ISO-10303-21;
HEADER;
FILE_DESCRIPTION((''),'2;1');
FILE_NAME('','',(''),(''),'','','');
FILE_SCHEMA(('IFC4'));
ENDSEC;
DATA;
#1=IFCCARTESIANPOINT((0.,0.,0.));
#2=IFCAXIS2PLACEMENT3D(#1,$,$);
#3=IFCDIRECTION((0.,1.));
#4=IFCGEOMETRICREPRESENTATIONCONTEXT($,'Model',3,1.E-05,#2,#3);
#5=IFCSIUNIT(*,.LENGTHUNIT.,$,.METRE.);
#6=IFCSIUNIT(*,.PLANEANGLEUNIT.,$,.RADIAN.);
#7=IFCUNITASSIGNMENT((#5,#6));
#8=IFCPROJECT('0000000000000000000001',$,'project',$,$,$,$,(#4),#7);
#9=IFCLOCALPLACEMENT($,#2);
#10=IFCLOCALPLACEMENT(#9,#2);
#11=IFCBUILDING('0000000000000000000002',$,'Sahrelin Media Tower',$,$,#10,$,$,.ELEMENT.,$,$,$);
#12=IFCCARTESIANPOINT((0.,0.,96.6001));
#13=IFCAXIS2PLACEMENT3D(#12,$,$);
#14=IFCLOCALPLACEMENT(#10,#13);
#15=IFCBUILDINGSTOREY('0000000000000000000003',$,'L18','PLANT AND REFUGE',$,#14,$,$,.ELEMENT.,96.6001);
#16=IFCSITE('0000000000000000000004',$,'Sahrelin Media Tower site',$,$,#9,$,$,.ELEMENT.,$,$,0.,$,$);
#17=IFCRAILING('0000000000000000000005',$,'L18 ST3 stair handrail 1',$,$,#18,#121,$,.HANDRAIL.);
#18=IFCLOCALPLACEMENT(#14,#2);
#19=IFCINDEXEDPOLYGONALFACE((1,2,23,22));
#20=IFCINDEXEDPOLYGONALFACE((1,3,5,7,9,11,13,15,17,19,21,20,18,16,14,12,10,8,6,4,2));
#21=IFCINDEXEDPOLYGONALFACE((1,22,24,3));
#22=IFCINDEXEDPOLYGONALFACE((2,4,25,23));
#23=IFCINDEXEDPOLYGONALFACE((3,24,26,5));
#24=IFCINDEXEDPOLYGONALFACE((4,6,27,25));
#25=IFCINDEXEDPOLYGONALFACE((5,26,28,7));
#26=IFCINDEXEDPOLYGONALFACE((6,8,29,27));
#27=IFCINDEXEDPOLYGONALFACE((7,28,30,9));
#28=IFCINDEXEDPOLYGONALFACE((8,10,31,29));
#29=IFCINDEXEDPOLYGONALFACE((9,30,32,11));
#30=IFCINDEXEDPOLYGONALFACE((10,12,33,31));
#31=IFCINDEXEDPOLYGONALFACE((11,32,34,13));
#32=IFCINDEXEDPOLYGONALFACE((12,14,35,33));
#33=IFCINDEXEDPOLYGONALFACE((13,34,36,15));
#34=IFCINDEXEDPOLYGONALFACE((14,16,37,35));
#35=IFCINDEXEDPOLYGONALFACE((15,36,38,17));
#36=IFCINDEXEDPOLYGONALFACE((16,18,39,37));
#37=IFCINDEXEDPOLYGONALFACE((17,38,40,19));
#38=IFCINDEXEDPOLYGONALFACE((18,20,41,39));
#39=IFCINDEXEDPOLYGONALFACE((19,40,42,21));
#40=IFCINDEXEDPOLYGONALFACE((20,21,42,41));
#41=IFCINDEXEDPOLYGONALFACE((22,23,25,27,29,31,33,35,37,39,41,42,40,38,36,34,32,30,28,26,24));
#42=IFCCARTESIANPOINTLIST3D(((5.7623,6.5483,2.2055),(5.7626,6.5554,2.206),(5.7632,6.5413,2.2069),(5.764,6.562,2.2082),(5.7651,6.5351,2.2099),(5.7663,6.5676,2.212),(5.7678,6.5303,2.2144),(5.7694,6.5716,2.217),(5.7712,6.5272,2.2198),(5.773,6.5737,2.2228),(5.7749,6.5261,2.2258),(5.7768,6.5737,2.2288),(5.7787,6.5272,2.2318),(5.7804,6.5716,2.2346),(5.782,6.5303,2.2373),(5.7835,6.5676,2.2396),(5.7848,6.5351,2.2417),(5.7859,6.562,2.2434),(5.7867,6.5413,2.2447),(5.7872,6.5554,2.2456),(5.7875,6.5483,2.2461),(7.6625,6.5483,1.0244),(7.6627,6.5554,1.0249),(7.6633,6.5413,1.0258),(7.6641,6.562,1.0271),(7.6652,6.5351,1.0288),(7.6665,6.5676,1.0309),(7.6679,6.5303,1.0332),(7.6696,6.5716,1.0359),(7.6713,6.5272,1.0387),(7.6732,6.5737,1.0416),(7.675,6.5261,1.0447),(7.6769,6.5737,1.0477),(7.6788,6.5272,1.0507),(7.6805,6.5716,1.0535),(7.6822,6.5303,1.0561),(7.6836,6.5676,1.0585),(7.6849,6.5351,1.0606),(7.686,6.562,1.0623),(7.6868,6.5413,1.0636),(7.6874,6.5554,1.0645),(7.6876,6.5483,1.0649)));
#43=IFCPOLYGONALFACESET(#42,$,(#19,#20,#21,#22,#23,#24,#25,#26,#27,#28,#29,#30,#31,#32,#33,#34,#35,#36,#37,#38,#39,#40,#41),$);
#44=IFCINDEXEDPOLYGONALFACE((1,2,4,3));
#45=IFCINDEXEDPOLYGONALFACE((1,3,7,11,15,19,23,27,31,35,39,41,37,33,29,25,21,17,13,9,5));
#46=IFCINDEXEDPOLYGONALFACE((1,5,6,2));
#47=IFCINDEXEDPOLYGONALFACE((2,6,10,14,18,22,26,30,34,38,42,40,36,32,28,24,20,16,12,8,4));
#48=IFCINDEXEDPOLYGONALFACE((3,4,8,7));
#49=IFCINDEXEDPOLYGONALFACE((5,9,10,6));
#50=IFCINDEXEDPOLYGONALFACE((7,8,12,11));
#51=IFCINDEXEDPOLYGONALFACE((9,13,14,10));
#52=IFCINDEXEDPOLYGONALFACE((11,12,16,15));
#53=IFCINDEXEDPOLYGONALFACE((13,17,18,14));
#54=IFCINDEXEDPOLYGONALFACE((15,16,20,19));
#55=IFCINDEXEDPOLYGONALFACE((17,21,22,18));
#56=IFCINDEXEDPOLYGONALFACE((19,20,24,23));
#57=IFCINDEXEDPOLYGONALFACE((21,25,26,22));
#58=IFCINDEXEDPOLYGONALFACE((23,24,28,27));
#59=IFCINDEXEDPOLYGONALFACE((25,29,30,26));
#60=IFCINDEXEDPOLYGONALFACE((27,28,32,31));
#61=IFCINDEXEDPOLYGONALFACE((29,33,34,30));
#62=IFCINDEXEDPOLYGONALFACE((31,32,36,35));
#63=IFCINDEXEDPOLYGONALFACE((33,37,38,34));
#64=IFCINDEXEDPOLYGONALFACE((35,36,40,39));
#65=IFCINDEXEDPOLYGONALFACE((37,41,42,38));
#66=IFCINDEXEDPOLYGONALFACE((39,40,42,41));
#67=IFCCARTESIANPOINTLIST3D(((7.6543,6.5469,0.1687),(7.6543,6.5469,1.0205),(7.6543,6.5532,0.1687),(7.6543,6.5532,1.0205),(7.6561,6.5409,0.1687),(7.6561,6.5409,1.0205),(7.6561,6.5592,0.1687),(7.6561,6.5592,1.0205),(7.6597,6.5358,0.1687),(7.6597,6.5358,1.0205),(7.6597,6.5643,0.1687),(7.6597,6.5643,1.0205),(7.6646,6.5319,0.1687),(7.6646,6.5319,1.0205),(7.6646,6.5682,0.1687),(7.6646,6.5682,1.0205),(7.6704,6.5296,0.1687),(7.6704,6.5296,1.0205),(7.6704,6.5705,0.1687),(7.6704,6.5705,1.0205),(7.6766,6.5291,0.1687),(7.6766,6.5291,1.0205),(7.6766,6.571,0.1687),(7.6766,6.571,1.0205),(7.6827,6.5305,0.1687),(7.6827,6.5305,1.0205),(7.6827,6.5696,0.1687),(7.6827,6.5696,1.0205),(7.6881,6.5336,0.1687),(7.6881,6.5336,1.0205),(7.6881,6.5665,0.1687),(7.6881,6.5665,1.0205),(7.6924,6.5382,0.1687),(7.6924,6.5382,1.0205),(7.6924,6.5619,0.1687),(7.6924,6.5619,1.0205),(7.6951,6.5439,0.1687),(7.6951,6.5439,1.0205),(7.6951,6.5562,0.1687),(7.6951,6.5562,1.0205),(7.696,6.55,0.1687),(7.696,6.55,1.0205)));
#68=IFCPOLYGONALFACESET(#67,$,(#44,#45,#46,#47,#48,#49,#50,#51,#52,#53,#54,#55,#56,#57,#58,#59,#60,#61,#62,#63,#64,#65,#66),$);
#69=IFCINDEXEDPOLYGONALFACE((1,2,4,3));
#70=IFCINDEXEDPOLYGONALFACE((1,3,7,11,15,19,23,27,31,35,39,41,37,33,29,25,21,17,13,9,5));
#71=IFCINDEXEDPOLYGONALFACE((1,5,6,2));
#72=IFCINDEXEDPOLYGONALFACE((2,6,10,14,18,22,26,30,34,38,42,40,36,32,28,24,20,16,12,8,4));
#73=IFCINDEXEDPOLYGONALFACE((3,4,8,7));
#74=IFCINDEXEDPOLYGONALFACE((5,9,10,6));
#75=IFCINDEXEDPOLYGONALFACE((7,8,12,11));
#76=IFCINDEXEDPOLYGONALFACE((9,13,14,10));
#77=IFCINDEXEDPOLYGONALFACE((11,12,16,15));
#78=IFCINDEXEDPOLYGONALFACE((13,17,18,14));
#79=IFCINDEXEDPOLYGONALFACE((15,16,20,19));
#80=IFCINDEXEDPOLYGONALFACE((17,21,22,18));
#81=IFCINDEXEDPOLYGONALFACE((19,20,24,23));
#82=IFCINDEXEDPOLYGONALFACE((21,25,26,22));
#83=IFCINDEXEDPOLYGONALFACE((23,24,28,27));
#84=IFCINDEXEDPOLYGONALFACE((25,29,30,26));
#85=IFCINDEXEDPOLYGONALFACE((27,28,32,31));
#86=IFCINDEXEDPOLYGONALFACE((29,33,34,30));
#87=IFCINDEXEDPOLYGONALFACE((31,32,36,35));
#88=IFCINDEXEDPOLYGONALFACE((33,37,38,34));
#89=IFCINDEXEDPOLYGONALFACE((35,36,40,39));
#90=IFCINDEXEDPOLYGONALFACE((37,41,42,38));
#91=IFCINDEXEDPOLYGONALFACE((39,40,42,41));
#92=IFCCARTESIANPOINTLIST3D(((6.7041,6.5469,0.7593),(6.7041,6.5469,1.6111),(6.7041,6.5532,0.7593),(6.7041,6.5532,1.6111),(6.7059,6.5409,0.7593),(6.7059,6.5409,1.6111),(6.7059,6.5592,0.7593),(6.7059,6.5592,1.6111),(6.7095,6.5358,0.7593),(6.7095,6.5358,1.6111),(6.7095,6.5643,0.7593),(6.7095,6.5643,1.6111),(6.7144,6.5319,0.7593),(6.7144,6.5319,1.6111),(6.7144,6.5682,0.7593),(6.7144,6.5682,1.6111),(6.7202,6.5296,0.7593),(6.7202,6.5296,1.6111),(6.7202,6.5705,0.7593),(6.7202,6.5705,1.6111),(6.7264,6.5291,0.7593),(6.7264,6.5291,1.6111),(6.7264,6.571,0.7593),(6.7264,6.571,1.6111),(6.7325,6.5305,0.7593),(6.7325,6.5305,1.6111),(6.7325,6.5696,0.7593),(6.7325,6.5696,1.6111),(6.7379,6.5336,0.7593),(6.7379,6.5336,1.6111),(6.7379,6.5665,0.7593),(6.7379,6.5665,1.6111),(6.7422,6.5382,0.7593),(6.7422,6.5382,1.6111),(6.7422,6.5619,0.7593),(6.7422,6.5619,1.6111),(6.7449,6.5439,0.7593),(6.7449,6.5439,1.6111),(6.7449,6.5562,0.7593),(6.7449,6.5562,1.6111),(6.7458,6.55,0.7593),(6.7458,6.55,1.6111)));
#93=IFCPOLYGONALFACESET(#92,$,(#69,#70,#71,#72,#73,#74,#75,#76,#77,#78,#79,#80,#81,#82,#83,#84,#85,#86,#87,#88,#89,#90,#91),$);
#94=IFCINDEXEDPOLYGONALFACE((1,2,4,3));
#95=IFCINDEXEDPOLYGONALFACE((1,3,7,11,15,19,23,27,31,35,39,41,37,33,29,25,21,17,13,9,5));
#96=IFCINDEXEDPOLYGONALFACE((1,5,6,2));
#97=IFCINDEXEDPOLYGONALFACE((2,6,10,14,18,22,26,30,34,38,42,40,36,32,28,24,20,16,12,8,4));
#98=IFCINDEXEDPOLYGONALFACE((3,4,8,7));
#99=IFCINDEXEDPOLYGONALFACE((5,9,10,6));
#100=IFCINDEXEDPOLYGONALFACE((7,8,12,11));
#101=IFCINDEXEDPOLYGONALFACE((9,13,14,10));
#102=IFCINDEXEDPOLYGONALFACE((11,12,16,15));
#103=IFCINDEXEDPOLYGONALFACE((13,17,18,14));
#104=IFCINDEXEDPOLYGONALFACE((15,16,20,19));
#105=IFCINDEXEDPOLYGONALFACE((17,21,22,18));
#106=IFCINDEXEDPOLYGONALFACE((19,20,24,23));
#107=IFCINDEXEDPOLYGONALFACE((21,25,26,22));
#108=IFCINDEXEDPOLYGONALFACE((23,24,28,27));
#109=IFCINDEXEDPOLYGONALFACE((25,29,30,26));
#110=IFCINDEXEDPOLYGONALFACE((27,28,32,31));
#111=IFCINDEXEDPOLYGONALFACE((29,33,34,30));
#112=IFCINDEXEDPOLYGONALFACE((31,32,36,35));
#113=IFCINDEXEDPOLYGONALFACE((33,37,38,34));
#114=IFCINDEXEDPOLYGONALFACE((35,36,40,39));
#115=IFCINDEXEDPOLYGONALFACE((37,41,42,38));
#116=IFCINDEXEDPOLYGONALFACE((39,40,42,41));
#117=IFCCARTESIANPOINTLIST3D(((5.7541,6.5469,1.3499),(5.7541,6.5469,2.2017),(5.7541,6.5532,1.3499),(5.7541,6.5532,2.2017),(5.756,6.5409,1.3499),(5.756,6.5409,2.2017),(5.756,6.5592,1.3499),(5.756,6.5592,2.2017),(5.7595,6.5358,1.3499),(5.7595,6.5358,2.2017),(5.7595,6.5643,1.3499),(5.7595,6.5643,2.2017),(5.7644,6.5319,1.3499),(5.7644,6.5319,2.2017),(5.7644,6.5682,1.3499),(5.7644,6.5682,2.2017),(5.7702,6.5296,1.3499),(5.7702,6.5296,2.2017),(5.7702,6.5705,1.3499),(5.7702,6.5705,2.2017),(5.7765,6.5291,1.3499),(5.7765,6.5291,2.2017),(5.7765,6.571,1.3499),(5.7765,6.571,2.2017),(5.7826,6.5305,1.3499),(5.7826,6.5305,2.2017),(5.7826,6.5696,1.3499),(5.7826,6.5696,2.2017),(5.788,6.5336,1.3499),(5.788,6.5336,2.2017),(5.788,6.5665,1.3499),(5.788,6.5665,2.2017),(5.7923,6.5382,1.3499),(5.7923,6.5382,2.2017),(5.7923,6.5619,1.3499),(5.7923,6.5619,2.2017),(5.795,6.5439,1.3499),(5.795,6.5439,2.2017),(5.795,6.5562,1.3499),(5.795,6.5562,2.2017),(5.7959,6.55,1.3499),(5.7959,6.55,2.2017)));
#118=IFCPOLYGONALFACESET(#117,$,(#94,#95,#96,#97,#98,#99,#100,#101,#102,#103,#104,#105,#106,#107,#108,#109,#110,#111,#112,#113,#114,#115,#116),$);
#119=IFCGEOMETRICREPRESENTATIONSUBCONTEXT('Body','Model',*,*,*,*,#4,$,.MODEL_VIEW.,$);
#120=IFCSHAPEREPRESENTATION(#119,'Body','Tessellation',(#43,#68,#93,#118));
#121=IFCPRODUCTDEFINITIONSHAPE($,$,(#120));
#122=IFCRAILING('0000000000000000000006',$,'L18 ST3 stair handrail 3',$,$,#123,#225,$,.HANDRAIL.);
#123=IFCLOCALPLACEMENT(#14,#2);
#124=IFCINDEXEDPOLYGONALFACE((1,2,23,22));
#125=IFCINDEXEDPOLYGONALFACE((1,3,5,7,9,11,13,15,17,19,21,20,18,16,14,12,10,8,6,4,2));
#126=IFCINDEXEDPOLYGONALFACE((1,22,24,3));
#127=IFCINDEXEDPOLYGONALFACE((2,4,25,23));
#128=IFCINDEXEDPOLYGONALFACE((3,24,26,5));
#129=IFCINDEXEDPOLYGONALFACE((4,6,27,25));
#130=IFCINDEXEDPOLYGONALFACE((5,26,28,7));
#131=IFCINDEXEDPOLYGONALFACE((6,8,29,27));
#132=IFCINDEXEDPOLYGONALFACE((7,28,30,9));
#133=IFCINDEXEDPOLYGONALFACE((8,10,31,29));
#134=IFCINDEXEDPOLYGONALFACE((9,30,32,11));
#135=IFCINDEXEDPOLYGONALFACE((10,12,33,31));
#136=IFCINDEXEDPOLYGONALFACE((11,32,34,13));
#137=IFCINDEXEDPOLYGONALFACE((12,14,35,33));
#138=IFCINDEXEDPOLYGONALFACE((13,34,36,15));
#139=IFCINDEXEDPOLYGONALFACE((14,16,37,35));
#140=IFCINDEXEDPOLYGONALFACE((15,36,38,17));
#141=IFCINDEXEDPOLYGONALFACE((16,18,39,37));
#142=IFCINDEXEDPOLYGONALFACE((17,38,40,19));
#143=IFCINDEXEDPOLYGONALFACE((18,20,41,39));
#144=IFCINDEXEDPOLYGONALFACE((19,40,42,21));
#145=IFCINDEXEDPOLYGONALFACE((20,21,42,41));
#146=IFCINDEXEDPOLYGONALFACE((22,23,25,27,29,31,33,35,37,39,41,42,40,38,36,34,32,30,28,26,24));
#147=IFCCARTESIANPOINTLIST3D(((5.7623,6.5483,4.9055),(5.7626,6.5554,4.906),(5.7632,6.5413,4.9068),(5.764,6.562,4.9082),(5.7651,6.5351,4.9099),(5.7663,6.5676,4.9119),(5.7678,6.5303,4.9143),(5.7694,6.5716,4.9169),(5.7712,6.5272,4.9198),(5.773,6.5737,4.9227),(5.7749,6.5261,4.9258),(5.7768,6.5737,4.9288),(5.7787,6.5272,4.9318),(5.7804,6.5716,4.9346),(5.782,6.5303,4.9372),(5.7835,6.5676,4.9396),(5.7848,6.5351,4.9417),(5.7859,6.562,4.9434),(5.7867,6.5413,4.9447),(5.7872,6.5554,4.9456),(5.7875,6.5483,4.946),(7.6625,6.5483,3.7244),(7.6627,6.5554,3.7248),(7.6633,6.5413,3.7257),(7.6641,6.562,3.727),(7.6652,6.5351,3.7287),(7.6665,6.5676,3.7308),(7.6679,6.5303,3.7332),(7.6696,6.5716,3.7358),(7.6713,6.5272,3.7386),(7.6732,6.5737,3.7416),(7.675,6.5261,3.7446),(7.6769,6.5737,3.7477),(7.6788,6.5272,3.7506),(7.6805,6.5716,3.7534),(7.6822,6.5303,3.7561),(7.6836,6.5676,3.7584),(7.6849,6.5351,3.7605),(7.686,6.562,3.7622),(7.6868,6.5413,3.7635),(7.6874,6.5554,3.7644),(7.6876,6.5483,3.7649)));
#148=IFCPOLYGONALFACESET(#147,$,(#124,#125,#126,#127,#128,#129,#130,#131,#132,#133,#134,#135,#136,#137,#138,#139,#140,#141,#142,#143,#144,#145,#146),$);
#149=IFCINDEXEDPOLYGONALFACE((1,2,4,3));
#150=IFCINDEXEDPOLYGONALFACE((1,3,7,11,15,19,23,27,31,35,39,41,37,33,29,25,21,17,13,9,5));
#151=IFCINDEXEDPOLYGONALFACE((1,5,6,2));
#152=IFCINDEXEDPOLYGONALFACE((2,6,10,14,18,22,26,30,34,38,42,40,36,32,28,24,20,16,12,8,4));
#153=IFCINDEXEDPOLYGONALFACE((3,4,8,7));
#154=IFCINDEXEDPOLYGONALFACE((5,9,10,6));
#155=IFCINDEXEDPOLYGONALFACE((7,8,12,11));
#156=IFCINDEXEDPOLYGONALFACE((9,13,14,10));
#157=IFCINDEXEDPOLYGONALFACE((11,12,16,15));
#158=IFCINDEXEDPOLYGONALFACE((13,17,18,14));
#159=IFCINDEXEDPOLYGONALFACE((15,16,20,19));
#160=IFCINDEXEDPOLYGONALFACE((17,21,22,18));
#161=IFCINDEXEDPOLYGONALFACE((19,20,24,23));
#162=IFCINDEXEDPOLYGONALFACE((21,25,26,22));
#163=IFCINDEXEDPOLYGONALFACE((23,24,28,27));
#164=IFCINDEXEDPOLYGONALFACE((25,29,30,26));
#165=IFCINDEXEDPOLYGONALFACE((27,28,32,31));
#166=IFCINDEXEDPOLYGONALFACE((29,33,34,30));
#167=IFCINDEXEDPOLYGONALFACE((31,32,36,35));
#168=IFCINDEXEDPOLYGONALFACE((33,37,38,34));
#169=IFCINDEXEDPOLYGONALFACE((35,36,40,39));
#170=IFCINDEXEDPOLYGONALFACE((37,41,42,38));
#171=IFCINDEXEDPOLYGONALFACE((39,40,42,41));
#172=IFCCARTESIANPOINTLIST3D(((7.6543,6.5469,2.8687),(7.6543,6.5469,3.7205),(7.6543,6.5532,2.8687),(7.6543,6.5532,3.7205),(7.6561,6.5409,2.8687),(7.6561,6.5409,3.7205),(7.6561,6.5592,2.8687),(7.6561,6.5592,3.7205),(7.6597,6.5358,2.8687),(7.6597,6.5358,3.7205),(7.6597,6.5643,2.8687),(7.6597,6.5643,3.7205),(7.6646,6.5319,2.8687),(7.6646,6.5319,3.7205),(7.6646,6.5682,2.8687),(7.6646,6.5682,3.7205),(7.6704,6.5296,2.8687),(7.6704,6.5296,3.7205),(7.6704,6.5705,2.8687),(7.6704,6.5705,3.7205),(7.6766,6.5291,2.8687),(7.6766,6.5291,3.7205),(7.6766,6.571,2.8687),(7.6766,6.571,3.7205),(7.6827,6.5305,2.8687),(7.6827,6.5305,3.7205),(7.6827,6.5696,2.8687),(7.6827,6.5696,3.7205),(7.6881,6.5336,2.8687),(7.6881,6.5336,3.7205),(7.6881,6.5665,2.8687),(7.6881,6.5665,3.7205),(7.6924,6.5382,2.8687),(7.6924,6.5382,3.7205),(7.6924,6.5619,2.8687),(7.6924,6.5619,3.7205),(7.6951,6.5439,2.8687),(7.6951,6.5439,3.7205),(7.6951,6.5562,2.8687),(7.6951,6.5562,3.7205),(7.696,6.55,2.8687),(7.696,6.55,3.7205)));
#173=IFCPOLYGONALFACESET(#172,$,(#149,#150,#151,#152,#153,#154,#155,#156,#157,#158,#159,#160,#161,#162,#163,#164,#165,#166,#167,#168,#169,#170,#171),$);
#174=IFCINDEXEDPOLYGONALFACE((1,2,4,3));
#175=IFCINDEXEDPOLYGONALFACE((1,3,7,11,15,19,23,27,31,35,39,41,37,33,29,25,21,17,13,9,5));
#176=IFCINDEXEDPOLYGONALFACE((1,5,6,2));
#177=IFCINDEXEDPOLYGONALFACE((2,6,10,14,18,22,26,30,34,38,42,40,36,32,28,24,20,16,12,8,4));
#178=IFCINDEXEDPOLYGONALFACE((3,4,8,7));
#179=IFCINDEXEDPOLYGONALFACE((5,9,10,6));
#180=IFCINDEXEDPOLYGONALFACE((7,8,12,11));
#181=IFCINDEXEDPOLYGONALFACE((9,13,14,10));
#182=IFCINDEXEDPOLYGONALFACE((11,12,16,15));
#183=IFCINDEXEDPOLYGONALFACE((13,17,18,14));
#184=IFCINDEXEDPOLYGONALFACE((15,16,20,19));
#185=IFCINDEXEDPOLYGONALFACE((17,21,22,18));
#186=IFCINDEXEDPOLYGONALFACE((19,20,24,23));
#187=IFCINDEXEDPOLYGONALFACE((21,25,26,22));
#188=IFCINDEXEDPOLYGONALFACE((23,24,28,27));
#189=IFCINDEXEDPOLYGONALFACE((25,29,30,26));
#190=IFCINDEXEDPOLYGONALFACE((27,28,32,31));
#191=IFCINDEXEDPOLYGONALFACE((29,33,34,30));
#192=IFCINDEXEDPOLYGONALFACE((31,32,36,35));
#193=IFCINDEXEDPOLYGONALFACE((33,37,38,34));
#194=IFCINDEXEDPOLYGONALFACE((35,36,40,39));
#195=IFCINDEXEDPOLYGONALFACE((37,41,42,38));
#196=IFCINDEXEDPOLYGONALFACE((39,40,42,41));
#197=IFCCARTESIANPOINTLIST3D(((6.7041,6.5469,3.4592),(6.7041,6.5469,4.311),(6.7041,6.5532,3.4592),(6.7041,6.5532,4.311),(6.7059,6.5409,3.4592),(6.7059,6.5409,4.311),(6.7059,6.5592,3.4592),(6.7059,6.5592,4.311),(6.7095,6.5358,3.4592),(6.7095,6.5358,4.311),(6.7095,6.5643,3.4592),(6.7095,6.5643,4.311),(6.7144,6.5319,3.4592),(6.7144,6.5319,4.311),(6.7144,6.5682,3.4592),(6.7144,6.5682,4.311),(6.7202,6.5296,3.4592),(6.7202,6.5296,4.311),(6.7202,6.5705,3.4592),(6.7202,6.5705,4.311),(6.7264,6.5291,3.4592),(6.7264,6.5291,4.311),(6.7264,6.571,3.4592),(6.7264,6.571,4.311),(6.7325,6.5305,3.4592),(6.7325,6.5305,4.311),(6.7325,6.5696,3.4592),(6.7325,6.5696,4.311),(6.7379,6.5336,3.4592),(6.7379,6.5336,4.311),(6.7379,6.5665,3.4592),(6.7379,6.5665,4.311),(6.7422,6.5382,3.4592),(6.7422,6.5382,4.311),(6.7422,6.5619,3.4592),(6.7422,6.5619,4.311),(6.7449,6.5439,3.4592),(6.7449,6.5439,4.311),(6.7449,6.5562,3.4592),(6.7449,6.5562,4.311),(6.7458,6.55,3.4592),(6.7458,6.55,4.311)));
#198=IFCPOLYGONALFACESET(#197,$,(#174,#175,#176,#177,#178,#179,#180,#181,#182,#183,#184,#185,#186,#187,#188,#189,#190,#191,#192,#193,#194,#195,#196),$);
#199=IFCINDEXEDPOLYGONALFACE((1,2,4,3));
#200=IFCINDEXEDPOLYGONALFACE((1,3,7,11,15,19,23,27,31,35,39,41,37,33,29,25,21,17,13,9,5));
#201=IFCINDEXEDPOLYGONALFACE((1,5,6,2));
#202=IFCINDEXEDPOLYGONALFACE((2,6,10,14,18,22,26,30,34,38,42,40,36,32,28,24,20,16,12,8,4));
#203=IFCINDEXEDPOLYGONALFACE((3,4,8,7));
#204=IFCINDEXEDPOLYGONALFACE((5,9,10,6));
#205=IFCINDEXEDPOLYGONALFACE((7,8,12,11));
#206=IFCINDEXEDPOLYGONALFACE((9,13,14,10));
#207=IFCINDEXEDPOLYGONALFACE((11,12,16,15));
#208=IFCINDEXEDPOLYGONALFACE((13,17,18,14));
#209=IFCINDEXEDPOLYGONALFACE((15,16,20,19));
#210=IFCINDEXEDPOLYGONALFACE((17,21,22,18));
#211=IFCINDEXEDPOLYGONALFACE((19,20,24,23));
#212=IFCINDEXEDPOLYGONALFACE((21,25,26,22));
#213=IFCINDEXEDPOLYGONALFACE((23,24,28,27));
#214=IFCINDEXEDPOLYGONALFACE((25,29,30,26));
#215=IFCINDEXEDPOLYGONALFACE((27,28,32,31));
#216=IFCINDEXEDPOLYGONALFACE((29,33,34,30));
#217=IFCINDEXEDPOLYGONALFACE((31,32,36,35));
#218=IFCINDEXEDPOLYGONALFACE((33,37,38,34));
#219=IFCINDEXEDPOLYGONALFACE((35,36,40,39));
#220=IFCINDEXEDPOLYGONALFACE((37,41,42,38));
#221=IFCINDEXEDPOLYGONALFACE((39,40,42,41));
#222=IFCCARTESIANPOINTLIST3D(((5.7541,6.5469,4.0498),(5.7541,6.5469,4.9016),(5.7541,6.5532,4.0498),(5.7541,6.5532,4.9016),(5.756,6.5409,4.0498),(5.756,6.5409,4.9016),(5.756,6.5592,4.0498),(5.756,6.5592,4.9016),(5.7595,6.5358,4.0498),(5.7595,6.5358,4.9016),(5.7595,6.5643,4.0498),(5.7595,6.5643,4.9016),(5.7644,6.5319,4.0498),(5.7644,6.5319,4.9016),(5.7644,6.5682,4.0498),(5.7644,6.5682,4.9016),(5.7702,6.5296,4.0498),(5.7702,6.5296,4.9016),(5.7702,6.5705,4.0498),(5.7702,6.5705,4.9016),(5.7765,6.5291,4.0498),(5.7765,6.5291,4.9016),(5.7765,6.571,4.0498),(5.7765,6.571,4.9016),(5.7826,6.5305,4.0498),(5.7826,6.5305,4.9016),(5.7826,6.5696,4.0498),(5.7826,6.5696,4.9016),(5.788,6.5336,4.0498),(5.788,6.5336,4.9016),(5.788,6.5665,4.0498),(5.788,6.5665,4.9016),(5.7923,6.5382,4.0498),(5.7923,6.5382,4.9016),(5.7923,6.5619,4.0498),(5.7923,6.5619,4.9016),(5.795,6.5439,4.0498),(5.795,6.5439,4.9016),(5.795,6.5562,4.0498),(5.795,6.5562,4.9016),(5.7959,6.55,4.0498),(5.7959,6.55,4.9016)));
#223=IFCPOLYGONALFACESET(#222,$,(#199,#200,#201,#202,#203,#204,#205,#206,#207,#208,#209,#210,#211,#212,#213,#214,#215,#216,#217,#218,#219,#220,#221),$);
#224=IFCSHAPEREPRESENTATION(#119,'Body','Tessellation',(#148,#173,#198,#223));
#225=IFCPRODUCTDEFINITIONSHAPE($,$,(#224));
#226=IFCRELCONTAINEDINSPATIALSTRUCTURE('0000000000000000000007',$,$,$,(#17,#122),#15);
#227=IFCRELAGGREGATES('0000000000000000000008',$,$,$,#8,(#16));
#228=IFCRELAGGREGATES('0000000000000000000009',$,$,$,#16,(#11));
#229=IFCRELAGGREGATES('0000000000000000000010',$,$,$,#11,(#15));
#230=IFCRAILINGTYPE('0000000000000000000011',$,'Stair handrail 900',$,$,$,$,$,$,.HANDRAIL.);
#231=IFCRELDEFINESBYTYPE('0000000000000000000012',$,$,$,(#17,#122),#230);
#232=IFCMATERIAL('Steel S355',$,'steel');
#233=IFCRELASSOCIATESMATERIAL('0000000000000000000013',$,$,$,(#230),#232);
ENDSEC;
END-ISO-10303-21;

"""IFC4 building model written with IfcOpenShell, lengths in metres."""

from ifc_helpers import new_model, si_unit, direction, frame, origin, origin_2d, place, context, subcontext, project, spatial, circle, extrude, material, type_object, element, save


model = new_model("IFC4")

# Units and contexts
model_context = context("Model", 3, precision=1e-05, world=origin(), true_north=direction((0.0, 1.0)))
body_context = subcontext(model_context, "Body", "Model", "MODEL_VIEW")
ifc_project = project(units=[si_unit("LENGTHUNIT", "METRE"), si_unit("PLANEANGLEUNIT", "RADIAN")], contexts=[model_context])

# Site, building, storey
site_placement = place(None, origin())
site = spatial("IfcSite", under=ifc_project, at=site_placement, Name="Sahrelin Media Tower site", CompositionType="ELEMENT", RefElevation=0.0)
building_placement = place(site_placement, origin())
building = spatial("IfcBuilding", under=site, at=building_placement, Name="Sahrelin Media Tower", CompositionType="ELEMENT")
storey_placement = place(building_placement, frame((0.0, 0.0, 96.6001)))
storey = spatial("IfcBuildingStorey", under=building, at=storey_placement, Name="L18", Description="PLANT AND REFUGE", CompositionType="ELEMENT", Elevation=96.6001)

# Shared definitions
ifc_material_1 = material(Name="Steel S355", Category="steel")

# Railings
railing_type_1 = type_object("IfcRailingType", Name="Stair handrail 900", PredefinedType="HANDRAIL", material=ifc_material_1)
for number, where, name in (
    (1, (7.675, 6.55, 0.1687), "L18 ST3 stair handrail 1"),
    (2, (7.675, 6.55, 2.8687), "L18 ST3 stair handrail 3"),
):
    element("IfcRailing", number, at=place(storey_placement, frame(where)), inside=storey, type_object=railing_type_1, Name=name, PredefinedType="HANDRAIL", context=body_context, shape_type="SweptSolid", body=[
        extrude(circle(Radius=0.0239, at=origin_2d()), frame((0.0, 0.0, 0.876), z_axis=(-0.849289, 0.0, 0.527928), x_axis=(0.0, -1.0, 0.0)), (0.0, 0.0, 1.0), 2.2373),
        extrude(circle(Radius=0.021, at=origin_2d()), origin(), (0.0, 0.0, 1.0), 0.8518),
        extrude(circle(Radius=0.021, at=origin_2d()), frame((-0.9502, 0.0, 0.5906)), (0.0, 0.0, 1.0), 0.8518),
        extrude(circle(Radius=0.021, at=origin_2d()), frame((-1.9001, 0.0, 1.1812)), (0.0, 0.0, 1.0), 0.8518),
    ])

save(model, "model.ifc")
